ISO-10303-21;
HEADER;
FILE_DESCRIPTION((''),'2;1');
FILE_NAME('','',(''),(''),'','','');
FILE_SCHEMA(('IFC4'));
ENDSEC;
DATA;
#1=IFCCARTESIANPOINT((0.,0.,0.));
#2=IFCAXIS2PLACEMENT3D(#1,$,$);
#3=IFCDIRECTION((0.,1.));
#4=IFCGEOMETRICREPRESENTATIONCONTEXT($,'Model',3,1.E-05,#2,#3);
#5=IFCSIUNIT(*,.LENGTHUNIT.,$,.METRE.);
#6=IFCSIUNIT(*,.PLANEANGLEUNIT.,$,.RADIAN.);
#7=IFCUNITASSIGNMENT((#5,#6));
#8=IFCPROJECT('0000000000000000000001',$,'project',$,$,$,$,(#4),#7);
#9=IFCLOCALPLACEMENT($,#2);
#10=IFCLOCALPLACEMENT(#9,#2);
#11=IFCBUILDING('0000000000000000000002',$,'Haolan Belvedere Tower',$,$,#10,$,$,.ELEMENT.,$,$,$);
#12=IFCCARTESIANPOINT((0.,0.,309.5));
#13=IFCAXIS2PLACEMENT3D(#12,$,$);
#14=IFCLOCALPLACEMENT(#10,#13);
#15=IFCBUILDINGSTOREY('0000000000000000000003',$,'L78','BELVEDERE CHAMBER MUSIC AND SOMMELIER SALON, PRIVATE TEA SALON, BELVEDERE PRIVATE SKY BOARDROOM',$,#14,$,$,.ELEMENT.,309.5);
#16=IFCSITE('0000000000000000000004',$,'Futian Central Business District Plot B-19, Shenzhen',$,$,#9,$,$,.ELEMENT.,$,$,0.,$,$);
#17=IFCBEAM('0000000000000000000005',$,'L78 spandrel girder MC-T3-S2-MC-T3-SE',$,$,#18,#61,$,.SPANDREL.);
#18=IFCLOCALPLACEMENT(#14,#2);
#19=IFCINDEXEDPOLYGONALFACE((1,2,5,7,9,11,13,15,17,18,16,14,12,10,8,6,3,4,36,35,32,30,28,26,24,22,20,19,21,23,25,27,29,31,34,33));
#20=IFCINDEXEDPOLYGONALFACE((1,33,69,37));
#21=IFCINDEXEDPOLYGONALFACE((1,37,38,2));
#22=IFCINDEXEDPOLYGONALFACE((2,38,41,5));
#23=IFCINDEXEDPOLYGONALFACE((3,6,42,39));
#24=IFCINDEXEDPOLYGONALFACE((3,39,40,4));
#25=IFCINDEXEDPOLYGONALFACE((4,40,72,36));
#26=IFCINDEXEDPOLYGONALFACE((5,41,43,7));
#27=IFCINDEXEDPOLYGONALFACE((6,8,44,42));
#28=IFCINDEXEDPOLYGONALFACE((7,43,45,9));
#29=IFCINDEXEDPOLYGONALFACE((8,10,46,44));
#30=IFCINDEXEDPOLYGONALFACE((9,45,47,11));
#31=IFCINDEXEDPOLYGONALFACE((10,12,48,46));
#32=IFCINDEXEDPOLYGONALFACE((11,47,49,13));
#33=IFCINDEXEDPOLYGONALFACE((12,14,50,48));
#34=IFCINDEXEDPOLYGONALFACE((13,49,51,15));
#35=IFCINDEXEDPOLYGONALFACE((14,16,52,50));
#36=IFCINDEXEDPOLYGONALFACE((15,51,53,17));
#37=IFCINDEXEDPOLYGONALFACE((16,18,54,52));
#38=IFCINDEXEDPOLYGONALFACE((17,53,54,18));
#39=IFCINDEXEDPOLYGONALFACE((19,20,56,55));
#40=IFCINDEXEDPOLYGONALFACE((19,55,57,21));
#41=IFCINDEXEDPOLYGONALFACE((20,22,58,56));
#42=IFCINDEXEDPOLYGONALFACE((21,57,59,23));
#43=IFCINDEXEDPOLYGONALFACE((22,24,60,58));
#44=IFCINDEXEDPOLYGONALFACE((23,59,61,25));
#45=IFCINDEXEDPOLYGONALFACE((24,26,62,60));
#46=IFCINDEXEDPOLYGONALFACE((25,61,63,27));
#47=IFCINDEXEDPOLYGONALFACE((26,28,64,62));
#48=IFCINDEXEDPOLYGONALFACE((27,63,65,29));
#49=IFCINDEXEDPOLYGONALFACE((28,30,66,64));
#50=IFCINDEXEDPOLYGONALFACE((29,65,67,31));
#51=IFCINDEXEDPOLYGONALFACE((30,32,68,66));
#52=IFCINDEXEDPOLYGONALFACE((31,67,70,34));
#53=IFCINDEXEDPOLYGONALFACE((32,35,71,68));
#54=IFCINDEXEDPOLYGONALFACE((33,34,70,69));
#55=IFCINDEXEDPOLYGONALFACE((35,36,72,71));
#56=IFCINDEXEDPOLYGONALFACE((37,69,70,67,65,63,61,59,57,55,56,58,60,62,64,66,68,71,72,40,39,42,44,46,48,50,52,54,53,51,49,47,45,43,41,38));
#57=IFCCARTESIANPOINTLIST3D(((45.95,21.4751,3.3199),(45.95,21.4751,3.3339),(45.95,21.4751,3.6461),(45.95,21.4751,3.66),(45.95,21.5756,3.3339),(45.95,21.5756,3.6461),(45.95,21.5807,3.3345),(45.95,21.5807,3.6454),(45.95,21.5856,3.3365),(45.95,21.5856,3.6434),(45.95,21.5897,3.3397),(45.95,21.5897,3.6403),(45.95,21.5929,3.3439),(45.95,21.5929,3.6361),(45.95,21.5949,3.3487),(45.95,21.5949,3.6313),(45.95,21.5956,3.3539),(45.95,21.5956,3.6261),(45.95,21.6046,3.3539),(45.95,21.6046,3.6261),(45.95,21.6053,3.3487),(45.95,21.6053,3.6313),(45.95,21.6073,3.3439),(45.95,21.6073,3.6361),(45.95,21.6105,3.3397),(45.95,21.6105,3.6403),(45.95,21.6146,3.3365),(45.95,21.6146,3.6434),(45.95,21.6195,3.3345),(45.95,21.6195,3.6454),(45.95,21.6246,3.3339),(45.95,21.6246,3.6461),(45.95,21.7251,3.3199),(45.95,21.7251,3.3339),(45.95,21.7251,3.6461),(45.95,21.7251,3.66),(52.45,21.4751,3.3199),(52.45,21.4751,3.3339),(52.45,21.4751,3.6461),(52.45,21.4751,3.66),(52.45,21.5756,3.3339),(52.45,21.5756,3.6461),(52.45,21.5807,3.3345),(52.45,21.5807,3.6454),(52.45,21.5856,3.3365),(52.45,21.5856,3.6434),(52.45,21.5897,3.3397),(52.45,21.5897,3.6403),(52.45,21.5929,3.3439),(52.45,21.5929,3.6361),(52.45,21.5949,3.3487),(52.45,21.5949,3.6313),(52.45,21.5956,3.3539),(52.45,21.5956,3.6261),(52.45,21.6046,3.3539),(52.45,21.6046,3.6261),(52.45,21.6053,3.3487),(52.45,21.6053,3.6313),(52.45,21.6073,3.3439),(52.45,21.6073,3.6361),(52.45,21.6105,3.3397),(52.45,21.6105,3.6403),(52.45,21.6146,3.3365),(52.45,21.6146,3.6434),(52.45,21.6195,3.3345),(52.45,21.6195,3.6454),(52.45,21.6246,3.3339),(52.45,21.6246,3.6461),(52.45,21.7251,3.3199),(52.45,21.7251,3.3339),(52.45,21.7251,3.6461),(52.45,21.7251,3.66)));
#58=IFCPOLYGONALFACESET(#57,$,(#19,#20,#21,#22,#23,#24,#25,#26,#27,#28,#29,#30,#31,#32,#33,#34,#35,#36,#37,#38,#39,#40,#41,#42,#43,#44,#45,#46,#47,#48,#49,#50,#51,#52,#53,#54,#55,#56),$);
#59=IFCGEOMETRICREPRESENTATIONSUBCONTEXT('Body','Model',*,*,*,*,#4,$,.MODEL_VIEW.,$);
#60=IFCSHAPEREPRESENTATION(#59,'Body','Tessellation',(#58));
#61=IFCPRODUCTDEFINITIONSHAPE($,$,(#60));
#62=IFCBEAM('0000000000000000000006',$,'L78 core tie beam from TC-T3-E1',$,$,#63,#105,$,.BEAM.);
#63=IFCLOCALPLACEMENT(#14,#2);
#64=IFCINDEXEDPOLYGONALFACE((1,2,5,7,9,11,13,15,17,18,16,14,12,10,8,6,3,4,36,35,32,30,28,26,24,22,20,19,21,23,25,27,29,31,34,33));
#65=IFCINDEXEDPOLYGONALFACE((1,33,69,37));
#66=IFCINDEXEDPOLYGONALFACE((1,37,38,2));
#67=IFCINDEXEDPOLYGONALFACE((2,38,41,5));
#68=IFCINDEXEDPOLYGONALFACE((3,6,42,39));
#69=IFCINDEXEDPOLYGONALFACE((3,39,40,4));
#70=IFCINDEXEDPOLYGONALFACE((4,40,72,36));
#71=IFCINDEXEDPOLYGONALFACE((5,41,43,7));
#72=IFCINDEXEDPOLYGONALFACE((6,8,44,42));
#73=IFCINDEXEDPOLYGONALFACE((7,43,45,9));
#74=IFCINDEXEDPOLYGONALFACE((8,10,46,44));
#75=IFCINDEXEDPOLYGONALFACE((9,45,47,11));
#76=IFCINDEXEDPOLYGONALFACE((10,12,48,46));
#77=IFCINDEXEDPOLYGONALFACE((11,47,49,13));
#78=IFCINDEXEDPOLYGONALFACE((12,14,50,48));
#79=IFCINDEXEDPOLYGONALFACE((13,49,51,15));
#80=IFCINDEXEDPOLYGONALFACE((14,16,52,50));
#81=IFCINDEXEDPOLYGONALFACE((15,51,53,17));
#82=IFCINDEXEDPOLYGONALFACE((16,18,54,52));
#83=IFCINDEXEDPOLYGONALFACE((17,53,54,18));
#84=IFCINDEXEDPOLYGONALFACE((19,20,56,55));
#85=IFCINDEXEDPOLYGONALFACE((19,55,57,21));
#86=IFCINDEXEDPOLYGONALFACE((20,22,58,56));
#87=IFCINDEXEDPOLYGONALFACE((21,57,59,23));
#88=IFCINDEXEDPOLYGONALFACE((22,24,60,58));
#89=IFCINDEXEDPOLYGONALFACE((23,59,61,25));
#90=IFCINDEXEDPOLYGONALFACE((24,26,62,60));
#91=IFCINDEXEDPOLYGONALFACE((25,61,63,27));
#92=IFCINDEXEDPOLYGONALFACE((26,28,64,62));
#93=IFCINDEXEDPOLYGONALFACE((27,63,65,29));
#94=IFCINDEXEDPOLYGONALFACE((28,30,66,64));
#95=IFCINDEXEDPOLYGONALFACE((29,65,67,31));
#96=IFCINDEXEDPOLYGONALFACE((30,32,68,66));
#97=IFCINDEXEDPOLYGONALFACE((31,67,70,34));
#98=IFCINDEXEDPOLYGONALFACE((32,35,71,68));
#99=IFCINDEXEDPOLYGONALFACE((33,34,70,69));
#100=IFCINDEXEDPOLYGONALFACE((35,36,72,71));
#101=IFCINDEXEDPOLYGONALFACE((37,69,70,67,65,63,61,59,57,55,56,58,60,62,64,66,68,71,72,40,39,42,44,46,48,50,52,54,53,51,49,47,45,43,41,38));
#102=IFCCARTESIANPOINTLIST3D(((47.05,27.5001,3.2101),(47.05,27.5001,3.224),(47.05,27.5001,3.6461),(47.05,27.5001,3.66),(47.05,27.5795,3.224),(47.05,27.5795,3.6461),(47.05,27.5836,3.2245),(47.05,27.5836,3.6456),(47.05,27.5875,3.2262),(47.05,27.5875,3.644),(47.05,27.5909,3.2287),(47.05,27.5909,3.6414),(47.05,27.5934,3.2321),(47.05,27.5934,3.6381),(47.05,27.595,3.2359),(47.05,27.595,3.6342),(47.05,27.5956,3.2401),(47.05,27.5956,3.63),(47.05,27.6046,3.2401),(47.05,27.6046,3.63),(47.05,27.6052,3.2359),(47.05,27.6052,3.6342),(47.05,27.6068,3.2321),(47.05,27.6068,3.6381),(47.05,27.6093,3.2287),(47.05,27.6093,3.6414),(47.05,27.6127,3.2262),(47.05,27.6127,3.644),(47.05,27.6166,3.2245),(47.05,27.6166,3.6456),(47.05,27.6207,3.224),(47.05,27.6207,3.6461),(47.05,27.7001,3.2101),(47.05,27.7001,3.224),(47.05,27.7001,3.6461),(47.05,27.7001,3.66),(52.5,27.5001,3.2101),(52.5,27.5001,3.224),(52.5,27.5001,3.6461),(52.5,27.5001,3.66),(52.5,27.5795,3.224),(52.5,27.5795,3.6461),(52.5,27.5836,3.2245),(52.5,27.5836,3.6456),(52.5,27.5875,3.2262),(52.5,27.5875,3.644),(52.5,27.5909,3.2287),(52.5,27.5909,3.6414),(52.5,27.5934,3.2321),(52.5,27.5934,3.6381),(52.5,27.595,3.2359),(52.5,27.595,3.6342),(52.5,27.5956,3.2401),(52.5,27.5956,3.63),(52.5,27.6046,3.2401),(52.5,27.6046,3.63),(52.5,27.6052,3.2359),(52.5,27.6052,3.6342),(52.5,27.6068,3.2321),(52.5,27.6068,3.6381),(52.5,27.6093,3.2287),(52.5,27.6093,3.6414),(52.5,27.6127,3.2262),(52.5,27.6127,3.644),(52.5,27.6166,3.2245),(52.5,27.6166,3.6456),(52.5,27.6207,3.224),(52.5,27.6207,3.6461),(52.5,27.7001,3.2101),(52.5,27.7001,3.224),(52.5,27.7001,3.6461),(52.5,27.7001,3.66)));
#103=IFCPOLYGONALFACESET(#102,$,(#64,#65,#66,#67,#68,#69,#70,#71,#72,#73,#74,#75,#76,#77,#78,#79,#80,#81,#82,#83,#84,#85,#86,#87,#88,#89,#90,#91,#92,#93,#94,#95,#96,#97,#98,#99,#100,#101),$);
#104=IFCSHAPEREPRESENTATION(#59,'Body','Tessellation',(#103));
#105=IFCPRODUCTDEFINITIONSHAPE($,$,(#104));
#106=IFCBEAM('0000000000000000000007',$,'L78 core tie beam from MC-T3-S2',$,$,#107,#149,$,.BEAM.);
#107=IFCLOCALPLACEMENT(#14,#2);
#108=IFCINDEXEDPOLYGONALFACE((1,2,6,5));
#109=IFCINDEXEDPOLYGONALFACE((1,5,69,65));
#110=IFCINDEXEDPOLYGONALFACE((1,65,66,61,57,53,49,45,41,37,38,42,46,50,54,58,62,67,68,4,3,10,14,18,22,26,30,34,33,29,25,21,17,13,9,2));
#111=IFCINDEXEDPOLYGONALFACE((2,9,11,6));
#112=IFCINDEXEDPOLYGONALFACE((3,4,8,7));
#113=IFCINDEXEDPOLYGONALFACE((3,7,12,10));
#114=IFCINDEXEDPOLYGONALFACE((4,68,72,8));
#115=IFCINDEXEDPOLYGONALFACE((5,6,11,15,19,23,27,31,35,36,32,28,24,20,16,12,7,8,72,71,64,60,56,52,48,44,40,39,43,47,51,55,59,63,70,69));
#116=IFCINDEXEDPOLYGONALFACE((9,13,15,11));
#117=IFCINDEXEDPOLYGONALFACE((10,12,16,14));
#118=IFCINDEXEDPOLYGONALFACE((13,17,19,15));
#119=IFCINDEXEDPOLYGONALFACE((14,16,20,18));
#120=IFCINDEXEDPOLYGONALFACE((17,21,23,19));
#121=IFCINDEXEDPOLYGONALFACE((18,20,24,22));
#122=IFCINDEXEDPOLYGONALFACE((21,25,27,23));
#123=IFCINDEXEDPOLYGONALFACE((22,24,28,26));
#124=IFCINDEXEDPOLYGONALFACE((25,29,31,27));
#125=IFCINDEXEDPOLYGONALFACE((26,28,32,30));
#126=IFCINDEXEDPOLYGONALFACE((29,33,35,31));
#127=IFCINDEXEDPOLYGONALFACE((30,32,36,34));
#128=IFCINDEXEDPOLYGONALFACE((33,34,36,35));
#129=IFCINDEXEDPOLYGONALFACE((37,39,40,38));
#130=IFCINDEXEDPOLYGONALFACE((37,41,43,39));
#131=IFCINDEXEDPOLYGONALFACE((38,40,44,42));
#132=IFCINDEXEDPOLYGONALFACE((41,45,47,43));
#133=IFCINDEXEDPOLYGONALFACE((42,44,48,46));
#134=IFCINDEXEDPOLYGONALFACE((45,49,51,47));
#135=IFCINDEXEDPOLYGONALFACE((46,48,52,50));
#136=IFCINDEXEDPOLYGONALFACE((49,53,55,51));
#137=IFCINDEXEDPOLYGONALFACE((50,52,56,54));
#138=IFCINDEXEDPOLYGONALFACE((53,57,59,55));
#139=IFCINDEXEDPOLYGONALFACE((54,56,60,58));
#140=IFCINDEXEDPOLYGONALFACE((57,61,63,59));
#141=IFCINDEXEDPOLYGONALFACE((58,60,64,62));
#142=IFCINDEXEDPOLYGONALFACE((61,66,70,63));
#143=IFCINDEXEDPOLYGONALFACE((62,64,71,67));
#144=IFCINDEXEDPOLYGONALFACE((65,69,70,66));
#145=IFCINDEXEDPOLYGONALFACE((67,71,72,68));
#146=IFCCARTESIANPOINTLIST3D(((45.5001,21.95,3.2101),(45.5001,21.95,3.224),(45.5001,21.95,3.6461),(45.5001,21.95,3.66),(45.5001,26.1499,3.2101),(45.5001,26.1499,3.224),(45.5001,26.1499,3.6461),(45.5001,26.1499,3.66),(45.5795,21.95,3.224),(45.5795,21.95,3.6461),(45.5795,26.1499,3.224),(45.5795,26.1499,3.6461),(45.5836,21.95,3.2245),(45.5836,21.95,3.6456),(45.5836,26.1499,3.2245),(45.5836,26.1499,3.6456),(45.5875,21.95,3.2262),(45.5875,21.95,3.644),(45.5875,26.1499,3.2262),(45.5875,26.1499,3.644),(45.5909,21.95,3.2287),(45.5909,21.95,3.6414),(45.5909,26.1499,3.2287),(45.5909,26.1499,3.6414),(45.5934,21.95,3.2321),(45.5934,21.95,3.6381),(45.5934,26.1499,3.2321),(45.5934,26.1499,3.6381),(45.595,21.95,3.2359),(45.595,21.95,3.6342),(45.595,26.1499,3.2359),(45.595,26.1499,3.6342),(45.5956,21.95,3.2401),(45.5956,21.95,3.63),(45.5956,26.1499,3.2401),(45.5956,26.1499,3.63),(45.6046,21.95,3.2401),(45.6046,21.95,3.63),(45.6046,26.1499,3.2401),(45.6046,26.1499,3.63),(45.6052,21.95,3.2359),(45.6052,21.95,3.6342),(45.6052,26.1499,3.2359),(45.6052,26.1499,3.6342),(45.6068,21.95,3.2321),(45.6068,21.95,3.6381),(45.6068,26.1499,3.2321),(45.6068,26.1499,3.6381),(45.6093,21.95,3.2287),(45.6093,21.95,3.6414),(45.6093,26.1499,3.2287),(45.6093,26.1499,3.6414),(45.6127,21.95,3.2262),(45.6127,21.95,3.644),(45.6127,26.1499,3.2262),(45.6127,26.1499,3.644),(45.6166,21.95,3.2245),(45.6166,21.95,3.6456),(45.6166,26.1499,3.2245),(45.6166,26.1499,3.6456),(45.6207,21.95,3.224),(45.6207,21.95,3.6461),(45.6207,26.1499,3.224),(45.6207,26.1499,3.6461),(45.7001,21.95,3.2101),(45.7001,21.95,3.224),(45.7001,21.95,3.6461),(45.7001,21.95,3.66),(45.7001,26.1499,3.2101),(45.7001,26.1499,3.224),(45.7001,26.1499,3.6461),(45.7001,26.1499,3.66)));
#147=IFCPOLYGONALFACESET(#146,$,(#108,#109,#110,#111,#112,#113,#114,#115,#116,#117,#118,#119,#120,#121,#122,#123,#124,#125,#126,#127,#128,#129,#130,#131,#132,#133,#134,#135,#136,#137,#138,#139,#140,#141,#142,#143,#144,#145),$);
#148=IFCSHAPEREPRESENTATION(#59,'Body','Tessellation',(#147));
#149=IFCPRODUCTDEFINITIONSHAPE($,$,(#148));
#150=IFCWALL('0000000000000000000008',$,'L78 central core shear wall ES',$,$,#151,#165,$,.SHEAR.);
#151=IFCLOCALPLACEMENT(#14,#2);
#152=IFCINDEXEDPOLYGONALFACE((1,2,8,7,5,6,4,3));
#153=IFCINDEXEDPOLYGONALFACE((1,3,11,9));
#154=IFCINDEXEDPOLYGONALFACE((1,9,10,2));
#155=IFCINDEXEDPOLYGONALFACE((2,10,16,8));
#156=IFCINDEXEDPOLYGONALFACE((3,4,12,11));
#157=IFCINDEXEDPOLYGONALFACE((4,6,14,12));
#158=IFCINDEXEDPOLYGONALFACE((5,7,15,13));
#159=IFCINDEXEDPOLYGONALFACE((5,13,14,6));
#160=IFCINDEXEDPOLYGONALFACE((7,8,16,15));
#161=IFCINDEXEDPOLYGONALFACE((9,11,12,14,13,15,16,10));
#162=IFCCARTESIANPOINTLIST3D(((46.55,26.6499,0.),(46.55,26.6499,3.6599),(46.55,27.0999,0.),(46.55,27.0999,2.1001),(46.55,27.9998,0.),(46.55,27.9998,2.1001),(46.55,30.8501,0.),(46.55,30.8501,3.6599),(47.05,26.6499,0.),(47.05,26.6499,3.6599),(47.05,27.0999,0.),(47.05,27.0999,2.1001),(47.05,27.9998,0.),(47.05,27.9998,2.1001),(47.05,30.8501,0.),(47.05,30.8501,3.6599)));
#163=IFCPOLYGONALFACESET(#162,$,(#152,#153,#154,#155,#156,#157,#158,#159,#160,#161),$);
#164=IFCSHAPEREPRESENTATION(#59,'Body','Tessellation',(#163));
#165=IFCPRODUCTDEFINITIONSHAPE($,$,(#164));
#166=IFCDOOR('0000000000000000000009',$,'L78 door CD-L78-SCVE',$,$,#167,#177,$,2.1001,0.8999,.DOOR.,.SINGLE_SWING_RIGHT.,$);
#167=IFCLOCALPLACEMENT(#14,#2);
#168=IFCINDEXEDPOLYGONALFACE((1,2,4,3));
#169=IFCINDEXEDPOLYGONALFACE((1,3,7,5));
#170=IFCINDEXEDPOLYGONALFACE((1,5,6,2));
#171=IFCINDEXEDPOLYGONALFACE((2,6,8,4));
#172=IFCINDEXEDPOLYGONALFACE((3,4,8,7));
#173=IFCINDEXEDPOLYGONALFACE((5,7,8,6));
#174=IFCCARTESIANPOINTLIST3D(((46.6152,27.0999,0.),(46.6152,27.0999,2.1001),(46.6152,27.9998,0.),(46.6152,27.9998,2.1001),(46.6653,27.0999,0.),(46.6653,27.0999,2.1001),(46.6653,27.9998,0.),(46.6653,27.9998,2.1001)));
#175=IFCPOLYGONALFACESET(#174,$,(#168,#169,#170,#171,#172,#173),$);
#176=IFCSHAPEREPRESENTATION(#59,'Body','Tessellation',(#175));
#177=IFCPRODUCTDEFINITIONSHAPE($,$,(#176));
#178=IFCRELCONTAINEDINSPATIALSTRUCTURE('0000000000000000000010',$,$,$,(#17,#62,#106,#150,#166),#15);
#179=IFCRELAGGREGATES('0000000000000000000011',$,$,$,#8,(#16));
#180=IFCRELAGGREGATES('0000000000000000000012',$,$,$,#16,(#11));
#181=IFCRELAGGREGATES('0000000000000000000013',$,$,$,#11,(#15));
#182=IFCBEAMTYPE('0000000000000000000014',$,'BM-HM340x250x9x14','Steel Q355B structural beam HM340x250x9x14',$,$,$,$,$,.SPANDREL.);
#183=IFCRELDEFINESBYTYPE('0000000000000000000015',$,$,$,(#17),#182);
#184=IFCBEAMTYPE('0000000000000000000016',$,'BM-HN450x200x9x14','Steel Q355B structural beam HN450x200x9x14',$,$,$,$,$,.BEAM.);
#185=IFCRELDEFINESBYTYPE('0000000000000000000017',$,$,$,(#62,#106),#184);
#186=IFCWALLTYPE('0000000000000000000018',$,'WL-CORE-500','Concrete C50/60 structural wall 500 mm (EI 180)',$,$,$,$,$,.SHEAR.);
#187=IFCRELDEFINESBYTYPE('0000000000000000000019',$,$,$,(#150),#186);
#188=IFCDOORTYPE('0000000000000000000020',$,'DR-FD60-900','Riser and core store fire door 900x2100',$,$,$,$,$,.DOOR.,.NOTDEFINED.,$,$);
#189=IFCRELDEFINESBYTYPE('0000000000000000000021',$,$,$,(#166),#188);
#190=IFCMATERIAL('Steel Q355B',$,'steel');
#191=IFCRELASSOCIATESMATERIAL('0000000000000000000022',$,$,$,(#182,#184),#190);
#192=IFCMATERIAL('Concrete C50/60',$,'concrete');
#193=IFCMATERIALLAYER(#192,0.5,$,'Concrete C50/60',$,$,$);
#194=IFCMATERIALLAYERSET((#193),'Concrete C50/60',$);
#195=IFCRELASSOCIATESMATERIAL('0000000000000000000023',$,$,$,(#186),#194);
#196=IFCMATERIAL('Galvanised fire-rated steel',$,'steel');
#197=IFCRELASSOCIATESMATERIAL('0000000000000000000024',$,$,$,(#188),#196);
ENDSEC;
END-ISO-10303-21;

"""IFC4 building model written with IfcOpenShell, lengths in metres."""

from ifc_helpers import new_model, si_unit, direction, frame, frame_2d, origin, origin_2d, place, context, subcontext, project, spatial, rectangle, i_section, extrude, material, layer, layer_set, material_profile, profile_set, type_object, element, fill, save


model = new_model("IFC4")

# Units and contexts
model_context = context("Model", 3, precision=1e-05, world=origin(), true_north=direction((0.0, 1.0)))
body_context = subcontext(model_context, "Body", "Model", "MODEL_VIEW")
ifc_project = project(units=[si_unit("LENGTHUNIT", "METRE"), si_unit("PLANEANGLEUNIT", "RADIAN")], contexts=[model_context])

# Site, building, storey
site_placement = place(None, origin())
site = spatial("IfcSite", under=ifc_project, at=site_placement, Name="Futian Central Business District Plot B-19, Shenzhen", CompositionType="ELEMENT", RefElevation=0.0)
building_placement = place(site_placement, origin())
building = spatial("IfcBuilding", under=site, at=building_placement, Name="Haolan Belvedere Tower", CompositionType="ELEMENT")
storey_placement = place(building_placement, frame((0.0, 0.0, 309.5)))
storey = spatial("IfcBuildingStorey", under=building, at=storey_placement, Name="L78", Description="BELVEDERE CHAMBER MUSIC AND SOMMELIER SALON, PRIVATE TEA SALON, BELVEDERE PRIVATE SKY BOARDROOM", CompositionType="ELEMENT", Elevation=309.5)

# Beams
ifc_material_1 = material(Name="Steel Q355B", Category="steel")
ifc_material_profile_1 = material_profile(ifc_material_1, i_section(OverallWidth=0.25, OverallDepth=0.3401, WebThickness=0.009, FlangeThickness=0.0139, FilletRadius=0.02, at=origin_2d()), Name="Steel Q355B")
ifc_profile_set_1 = profile_set([ifc_material_profile_1], Name="Steel Q355B")
beam_type_1 = type_object("IfcBeamType", Name="BM-HM340x250x9x14", Description="Steel Q355B structural beam HM340x250x9x14", PredefinedType="SPANDREL", material=ifc_profile_set_1)
beam_1_placement = place(storey_placement, frame((45.95, 21.6001, 3.49), z_axis=(1.0, 0.0, 0.0), x_axis=(0.0, 1.0, 0.0)))
element("IfcBeam", 1, at=beam_1_placement, inside=storey, type_object=beam_type_1, Name="L78 spandrel girder MC-T3-S2-MC-T3-SE", PredefinedType="SPANDREL", context=body_context, shape_type="SweptSolid", body=[
    extrude(i_section(OverallWidth=0.25, OverallDepth=0.3401, WebThickness=0.009, FlangeThickness=0.0139, FilletRadius=0.02, at=origin_2d()), origin(), (0.0, 0.0, 1.0), 6.5),
])
ifc_material_profile_2 = material_profile(ifc_material_1, i_section(OverallWidth=0.2, OverallDepth=0.45, WebThickness=0.009, FlangeThickness=0.0139, FilletRadius=0.0161, at=origin_2d()), Name="Steel Q355B")
ifc_profile_set_2 = profile_set([ifc_material_profile_2], Name="Steel Q355B")
beam_type_2 = type_object("IfcBeamType", Name="BM-HN450x200x9x14", Description="Steel Q355B structural beam HN450x200x9x14", PredefinedType="BEAM", material=ifc_profile_set_2)
beam_2_placement = place(storey_placement, frame((52.5, 27.6001, 3.4351), z_axis=(-1.0, 0.0, 0.0), x_axis=(0.0, -1.0, 0.0)))
element("IfcBeam", 2, at=beam_2_placement, inside=storey, type_object=beam_type_2, Name="L78 core tie beam from TC-T3-E1", PredefinedType="BEAM", context=body_context, shape_type="SweptSolid", body=[
    extrude(i_section(OverallWidth=0.2, OverallDepth=0.45, WebThickness=0.009, FlangeThickness=0.0139, FilletRadius=0.0161, at=origin_2d()), origin(), (0.0, 0.0, 1.0), 5.45),
])
beam_3_placement = place(storey_placement, frame((45.6001, 21.95, 3.4351), z_axis=(0.0, 1.0, 0.0), x_axis=(-1.0, 0.0, 0.0)))
element("IfcBeam", 3, at=beam_3_placement, inside=storey, type_object=beam_type_2, Name="L78 core tie beam from MC-T3-S2", PredefinedType="BEAM", context=body_context, shape_type="SweptSolid", body=[
    extrude(i_section(OverallWidth=0.2, OverallDepth=0.45, WebThickness=0.009, FlangeThickness=0.0139, FilletRadius=0.0161, at=origin_2d()), origin(), (0.0, 0.0, 1.0), 4.2),
])

# Wall, opening, door
ifc_material_2 = material(Name="Concrete C50/60", Category="concrete")
ifc_layer_1 = layer(ifc_material_2, 0.5, Name="Concrete C50/60")
ifc_layer_set_1 = layer_set([ifc_layer_1], Name="Concrete C50/60")
wall_type_1 = type_object("IfcWallType", Name="WL-CORE-500", Description="Concrete C50/60 structural wall 500 mm (EI 180)", PredefinedType="SHEAR", material=ifc_layer_set_1)
wall_1_placement = place(storey_placement, frame((46.8, 26.6499, 0.0), z_axis=(0.0, 0.0, 1.0), x_axis=(0.0, 1.0, 0.0)))
wall_1 = element("IfcWall", 4, at=wall_1_placement, inside=storey, type_object=wall_type_1, Name="L78 central core shear wall ES", PredefinedType="SHEAR", context=body_context, shape_type="SweptSolid", body=[
    extrude(rectangle(XDim=4.2002, YDim=0.5, at=frame_2d((2.1001, 0.0))), origin(), (0.0, 0.0, 1.0), 3.6599),
])
opening_1_placement = place(wall_1_placement, frame((1.3499, 0.0, 0.0), z_axis=(0.0, 0.0, 1.0), x_axis=(-1.0, 0.0, 0.0)))
opening_1 = element("IfcOpeningElement", 5, at=opening_1_placement, cuts=wall_1, PredefinedType="OPENING", context=body_context, shape_type="SweptSolid", body=[
    extrude(rectangle(XDim=0.8999, YDim=2.1001, at=frame_2d((0.45, 1.05))), frame((0.0, 0.26, 0.0), z_axis=(0.0, -1.0, 0.0), x_axis=(1.0, 0.0, 0.0)), (0.0, 0.0, 1.0), 0.52),
])
ifc_material_3 = material(Name="Galvanised fire-rated steel", Category="steel")
door_type_1 = type_object("IfcDoorType", Name="DR-FD60-900", Description="Riser and core store fire door 900x2100", OperationType="NOTDEFINED", PredefinedType="DOOR", material=ifc_material_3)
door_1_placement = place(opening_1_placement, origin())
door_1 = element("IfcDoor", 6, at=door_1_placement, inside=storey, type_object=door_type_1, Name="L78 door CD-L78-SCVE", OperationType="SINGLE_SWING_RIGHT", OverallHeight=2.1001, OverallWidth=0.8999, PredefinedType="DOOR", context=body_context, shape_type="SweptSolid", body=[
    extrude(rectangle(XDim=0.8999, YDim=2.1001, at=frame_2d((0.45, 1.05))), frame((0.0, -0.1348, 0.0), z_axis=(0.0, -1.0, 0.0), x_axis=(1.0, 0.0, 0.0)), (0.0, 0.0, 1.0), 0.05),
])
fill(opening_1, door_1)

save(model, "model.ifc")
